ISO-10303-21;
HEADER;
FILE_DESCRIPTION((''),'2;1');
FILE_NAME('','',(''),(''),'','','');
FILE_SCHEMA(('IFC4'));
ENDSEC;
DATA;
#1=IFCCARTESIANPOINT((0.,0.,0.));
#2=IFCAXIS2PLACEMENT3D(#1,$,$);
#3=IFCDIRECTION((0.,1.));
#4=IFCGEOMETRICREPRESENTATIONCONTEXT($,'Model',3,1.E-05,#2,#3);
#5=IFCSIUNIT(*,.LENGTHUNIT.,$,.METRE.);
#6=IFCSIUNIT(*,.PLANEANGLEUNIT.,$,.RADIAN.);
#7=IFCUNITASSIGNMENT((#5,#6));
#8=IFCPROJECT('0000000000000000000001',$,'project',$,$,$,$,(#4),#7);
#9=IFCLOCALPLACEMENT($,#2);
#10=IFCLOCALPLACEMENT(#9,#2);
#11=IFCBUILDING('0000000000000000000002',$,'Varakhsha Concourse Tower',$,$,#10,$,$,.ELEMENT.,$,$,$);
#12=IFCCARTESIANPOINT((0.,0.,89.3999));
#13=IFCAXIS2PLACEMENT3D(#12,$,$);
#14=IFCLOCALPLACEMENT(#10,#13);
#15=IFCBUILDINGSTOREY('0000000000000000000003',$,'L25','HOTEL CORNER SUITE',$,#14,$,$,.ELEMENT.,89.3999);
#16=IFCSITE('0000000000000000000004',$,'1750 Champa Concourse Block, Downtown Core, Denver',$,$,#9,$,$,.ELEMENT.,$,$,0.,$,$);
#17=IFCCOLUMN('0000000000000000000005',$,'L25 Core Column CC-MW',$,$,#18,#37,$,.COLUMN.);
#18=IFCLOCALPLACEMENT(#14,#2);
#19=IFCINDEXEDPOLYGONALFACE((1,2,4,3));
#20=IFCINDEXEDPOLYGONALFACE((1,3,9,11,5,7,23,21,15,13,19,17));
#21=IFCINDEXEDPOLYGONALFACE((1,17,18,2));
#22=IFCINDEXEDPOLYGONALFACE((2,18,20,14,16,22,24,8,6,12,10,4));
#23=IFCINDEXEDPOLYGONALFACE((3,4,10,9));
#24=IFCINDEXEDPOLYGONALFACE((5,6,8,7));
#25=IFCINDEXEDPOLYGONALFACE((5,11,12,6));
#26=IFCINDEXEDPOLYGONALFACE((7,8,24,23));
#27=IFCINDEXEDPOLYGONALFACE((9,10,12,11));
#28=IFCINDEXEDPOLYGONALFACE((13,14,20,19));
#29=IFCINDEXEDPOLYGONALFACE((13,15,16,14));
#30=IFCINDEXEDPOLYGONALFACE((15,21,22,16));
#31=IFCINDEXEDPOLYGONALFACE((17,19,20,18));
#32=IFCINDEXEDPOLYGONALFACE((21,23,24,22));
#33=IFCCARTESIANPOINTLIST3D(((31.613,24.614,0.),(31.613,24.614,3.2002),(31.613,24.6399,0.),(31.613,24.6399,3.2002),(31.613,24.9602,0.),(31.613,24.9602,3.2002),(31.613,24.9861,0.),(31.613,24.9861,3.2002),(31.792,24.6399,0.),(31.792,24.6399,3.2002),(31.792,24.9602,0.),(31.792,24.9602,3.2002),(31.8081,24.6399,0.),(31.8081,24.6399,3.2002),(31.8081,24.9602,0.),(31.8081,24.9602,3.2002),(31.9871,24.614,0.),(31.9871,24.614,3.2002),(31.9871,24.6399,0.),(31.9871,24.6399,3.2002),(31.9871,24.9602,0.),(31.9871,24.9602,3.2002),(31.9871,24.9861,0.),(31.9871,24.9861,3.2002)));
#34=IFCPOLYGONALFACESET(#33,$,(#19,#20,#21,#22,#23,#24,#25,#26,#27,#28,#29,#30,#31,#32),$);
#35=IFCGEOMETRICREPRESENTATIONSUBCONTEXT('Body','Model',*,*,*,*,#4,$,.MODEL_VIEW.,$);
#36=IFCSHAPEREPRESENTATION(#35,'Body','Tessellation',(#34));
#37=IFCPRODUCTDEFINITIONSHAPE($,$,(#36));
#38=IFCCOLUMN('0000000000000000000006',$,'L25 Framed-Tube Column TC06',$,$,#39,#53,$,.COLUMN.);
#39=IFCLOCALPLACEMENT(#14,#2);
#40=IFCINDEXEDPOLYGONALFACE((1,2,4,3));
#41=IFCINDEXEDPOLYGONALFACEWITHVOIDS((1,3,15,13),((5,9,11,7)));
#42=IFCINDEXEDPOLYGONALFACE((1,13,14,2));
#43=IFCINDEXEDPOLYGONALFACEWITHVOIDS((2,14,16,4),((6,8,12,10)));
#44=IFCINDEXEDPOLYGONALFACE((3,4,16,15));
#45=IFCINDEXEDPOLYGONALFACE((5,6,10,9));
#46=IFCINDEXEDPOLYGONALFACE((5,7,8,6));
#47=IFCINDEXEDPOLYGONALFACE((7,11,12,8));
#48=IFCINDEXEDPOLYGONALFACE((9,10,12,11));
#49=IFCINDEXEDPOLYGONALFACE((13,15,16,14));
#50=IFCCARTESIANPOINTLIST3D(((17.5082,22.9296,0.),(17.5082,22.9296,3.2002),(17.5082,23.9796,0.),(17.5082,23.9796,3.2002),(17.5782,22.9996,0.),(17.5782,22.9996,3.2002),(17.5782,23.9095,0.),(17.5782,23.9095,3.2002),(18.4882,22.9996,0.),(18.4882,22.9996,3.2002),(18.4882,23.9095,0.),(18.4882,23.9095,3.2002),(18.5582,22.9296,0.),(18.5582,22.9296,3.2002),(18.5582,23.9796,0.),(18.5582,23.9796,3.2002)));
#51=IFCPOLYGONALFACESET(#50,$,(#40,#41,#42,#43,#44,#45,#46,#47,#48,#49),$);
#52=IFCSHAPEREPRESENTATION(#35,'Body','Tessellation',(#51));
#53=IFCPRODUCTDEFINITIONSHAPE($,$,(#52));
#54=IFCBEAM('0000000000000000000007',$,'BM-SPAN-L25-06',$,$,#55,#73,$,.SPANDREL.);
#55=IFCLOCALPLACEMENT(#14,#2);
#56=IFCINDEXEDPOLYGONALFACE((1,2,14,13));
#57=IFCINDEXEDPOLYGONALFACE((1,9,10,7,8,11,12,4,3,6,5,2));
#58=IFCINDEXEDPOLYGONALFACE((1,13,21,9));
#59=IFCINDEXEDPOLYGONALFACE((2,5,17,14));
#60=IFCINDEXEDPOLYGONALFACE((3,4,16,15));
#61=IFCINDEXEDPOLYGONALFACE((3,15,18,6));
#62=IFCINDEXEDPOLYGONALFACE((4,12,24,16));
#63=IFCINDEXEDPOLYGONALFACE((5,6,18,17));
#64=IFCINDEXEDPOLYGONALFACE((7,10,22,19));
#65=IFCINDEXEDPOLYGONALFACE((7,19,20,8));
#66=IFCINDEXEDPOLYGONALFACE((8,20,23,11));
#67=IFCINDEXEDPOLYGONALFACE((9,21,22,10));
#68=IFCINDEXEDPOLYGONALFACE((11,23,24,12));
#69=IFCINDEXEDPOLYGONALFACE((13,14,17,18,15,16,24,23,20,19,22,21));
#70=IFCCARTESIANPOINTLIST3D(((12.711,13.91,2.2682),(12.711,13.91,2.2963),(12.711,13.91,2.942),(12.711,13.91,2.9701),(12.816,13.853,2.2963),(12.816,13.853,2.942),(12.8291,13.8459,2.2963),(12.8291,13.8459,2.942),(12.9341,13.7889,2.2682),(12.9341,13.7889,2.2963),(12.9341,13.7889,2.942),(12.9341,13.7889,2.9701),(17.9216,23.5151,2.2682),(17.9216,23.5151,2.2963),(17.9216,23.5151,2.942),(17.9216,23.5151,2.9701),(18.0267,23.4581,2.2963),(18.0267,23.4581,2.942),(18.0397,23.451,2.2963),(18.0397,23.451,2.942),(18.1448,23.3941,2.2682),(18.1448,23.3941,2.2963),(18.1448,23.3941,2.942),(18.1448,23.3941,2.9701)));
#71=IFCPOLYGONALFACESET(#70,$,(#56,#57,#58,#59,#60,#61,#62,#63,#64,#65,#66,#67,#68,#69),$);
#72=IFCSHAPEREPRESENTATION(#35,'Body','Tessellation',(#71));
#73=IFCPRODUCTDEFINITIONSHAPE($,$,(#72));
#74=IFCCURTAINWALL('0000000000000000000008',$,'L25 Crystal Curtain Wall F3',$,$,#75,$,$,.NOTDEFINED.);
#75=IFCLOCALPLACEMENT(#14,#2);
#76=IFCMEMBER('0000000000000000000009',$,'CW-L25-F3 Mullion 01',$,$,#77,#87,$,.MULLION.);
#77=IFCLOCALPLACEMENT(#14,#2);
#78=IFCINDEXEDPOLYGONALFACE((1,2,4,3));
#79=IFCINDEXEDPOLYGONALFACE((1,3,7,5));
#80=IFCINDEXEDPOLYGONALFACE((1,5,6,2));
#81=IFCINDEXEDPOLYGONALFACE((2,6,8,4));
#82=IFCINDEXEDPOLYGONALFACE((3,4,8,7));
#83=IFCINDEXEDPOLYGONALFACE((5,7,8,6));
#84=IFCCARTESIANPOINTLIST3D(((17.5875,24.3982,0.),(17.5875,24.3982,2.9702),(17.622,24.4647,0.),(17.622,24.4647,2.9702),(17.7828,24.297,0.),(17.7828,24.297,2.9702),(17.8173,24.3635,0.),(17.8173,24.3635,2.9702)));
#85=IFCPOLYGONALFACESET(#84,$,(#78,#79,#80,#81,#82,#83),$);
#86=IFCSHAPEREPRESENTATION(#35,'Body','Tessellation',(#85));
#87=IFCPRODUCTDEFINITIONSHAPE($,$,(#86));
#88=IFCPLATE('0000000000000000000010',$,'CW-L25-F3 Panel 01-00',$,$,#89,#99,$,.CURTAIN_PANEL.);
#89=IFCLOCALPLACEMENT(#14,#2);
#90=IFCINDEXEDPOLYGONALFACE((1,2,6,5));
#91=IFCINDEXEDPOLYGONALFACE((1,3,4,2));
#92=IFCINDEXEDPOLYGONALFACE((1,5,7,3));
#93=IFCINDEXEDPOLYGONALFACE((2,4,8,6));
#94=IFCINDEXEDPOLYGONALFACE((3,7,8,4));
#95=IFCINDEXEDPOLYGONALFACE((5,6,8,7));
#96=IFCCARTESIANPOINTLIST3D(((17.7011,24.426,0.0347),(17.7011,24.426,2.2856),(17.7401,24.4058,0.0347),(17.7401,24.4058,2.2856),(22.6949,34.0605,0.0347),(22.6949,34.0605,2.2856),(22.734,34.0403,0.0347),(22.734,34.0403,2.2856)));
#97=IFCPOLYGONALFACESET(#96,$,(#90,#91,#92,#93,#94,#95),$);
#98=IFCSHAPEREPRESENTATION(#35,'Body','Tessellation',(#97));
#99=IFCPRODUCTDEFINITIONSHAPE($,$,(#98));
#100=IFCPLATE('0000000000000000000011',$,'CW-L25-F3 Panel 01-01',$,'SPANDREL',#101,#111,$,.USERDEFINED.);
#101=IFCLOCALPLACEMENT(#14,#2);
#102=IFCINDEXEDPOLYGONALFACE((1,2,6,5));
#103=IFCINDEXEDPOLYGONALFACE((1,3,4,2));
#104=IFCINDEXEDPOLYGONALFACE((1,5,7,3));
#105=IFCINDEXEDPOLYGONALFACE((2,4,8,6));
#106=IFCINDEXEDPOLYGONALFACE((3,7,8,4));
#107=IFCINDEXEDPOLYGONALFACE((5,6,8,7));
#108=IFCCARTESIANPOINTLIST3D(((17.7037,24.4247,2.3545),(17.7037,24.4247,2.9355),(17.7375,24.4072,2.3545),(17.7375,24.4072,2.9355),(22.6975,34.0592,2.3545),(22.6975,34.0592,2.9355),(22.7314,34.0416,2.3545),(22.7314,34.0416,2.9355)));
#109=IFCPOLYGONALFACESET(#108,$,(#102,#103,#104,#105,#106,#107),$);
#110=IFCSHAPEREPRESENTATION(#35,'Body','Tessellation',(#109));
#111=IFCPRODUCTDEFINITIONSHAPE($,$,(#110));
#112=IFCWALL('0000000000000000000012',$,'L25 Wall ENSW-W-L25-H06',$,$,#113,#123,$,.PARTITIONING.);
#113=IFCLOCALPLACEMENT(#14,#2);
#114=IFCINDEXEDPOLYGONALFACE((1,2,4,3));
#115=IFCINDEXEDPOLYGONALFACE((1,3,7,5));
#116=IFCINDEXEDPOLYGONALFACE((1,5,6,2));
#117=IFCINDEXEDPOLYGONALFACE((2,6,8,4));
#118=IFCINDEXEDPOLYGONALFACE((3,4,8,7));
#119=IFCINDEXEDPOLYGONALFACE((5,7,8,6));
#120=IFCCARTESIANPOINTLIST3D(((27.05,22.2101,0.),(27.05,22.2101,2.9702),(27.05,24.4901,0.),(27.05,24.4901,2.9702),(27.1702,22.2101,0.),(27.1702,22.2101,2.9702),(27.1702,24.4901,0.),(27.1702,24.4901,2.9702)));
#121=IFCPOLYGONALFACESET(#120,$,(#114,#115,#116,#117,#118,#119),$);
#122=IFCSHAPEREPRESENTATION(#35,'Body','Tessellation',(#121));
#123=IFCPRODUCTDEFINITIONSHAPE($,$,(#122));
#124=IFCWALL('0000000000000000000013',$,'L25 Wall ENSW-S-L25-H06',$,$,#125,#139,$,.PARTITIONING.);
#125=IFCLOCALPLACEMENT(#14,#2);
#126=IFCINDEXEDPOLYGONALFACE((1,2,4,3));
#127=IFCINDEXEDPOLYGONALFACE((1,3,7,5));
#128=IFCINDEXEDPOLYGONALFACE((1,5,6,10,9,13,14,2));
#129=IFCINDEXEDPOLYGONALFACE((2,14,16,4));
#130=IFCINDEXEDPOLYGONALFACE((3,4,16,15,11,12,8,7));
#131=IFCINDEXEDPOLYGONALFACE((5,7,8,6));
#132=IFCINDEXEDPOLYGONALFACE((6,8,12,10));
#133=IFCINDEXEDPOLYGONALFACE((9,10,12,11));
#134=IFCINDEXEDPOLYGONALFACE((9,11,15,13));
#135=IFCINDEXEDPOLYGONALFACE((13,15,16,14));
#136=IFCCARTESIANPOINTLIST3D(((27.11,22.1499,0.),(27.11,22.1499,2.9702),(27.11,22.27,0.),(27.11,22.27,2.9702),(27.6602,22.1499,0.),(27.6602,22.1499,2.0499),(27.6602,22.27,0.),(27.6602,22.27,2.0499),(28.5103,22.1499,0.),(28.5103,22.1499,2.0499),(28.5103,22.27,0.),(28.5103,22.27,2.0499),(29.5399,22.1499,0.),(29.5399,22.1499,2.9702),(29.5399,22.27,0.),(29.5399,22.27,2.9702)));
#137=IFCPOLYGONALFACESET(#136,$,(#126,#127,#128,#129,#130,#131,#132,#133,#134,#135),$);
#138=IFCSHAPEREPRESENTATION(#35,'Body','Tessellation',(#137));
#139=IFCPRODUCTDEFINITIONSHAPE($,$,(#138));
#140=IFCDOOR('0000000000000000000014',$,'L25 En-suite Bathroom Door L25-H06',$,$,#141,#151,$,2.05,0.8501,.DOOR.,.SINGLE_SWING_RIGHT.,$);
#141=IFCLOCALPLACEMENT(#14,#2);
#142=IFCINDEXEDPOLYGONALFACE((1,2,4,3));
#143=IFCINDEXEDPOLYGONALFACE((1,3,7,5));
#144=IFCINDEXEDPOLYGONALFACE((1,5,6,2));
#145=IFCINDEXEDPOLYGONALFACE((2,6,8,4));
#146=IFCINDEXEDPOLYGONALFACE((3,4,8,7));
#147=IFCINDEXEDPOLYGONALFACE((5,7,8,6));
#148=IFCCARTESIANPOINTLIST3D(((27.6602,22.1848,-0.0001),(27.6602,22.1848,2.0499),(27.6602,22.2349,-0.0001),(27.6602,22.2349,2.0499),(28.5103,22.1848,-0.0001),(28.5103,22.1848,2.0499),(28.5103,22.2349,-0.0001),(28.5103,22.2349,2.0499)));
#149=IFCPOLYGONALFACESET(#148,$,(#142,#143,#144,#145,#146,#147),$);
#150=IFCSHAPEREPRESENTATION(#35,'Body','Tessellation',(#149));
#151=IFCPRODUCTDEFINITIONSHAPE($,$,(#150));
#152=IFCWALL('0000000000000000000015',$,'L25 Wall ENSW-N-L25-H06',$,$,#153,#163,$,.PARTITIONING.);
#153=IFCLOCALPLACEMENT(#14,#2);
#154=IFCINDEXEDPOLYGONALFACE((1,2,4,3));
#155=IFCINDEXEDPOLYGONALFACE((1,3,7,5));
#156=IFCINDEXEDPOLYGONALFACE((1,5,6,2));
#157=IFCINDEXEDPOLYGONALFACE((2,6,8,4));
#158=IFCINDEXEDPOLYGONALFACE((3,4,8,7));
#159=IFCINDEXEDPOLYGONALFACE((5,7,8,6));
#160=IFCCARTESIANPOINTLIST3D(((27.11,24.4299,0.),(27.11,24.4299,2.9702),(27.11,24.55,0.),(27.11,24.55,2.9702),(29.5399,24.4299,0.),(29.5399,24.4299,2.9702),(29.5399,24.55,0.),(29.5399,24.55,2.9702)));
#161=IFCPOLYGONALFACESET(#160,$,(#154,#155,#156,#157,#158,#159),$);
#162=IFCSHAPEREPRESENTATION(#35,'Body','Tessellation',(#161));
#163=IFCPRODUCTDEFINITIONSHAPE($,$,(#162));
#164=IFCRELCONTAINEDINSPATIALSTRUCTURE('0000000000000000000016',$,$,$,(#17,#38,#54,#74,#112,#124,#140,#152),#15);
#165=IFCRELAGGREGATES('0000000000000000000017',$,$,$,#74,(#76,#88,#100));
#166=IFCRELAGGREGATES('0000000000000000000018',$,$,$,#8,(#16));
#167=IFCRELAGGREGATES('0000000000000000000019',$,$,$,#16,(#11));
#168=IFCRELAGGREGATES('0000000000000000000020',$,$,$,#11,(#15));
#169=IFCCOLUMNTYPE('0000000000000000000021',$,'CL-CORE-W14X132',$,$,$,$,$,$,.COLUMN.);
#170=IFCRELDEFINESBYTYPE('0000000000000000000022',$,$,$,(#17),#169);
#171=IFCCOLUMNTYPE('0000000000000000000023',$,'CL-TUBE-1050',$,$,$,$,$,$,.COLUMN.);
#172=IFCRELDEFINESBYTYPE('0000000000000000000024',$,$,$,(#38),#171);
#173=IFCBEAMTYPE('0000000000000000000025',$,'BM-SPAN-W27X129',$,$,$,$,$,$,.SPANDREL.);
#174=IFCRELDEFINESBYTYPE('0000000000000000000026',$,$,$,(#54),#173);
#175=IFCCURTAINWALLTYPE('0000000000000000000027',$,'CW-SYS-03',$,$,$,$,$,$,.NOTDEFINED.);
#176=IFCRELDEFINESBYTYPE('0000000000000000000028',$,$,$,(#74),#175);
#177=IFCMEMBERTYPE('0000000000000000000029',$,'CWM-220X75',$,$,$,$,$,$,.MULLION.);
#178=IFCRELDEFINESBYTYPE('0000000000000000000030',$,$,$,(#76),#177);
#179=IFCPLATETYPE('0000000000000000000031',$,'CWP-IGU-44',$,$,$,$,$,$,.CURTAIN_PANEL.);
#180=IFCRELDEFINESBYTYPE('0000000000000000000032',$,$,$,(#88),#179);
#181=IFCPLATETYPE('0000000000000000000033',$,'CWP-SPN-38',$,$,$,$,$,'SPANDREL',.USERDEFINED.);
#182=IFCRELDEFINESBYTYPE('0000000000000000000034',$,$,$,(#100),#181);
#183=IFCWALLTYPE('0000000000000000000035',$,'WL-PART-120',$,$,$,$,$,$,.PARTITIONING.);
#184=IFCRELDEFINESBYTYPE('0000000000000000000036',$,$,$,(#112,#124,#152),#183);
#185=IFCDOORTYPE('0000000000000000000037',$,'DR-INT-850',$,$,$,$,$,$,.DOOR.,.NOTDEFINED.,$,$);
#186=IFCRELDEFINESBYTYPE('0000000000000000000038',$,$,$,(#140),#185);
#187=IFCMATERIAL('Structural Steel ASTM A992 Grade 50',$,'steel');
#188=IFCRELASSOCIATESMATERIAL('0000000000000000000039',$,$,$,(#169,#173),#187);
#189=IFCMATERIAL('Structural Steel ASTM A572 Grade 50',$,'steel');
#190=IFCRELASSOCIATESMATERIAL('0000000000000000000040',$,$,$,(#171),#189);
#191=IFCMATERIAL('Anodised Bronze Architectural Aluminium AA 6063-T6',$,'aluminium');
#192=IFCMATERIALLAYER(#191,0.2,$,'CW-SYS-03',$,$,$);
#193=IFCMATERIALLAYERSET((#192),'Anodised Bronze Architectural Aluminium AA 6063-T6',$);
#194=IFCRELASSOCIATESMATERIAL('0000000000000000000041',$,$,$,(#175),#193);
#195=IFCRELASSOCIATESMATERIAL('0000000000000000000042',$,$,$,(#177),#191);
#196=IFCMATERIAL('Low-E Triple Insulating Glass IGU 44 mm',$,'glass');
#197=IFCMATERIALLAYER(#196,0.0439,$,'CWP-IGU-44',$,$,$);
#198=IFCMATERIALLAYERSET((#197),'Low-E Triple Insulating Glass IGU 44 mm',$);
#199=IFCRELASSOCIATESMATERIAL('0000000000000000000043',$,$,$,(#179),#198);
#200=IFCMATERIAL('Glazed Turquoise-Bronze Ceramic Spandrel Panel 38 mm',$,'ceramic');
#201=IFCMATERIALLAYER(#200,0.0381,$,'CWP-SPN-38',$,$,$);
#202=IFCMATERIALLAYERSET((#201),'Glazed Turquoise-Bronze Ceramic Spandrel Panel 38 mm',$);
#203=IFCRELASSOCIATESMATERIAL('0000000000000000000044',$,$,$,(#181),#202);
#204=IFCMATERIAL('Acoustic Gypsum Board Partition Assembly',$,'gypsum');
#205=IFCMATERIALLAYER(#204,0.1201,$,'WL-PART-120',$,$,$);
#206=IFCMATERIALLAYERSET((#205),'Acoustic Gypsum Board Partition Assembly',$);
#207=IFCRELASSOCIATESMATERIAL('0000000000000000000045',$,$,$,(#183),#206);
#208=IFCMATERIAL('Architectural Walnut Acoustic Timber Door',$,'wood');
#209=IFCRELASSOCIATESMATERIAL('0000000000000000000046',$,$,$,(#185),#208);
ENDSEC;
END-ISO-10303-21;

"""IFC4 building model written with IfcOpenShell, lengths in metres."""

from ifc_helpers import new_model, si_unit, direction, frame, frame_2d, origin, origin_2d, place, context, subcontext, project, spatial, rectangle, hollow_rectangle, i_section, extrude, source, transform, mapped, material, layer, layer_set, material_profile, profile_set, type_object, type_shapes, element, fill, aggregate, save


model = new_model("IFC4")

# Units and contexts
model_context = context("Model", 3, precision=1e-05, world=origin(), true_north=direction((0.0, 1.0)))
body_context = subcontext(model_context, "Body", "Model", "MODEL_VIEW")
ifc_project = project(units=[si_unit("LENGTHUNIT", "METRE"), si_unit("PLANEANGLEUNIT", "RADIAN")], contexts=[model_context])

# Site, building, storey
site_placement = place(None, origin())
site = spatial("IfcSite", under=ifc_project, at=site_placement, Name="1750 Champa Concourse Block, Downtown Core, Denver", CompositionType="ELEMENT", RefElevation=0.0)
building_placement = place(site_placement, origin())
building = spatial("IfcBuilding", under=site, at=building_placement, Name="Varakhsha Concourse Tower", CompositionType="ELEMENT")
storey_placement = place(building_placement, frame((0.0, 0.0, 89.3999)))
storey = spatial("IfcBuildingStorey", under=building, at=storey_placement, Name="L25", Description="HOTEL CORNER SUITE", CompositionType="ELEMENT", Elevation=89.3999)

# Columns
ifc_material_1 = material(Name="Structural Steel ASTM A992 Grade 50", Category="steel")
ifc_material_profile_1 = material_profile(ifc_material_1, i_section(OverallWidth=0.374, OverallDepth=0.3721, WebThickness=0.0161, FlangeThickness=0.0259, at=origin_2d()), Name="W14X132")
ifc_profile_set_1 = profile_set([ifc_material_profile_1], Name="Structural Steel ASTM A992 Grade 50")
column_type_1 = type_object("IfcColumnType", Name="CL-CORE-W14X132", PredefinedType="COLUMN", material=ifc_profile_set_1)
column_1_placement = place(storey_placement, frame((31.8, 24.8, 0.0), z_axis=(0.0, 0.0, 1.0), x_axis=(1.0, 0.0, 0.0)))
element("IfcColumn", 1, at=column_1_placement, inside=storey, type_object=column_type_1, Name="L25 Core Column CC-MW", PredefinedType="COLUMN", context=body_context, shape_type="SweptSolid", body=[
    extrude(i_section(OverallWidth=0.374, OverallDepth=0.3721, WebThickness=0.0161, FlangeThickness=0.0259, at=origin_2d()), origin(), (0.0, 0.0, 1.0), 3.2002),
])
ifc_material_2 = material(Name="Structural Steel ASTM A572 Grade 50", Category="steel")
ifc_material_profile_2 = material_profile(ifc_material_2, hollow_rectangle(XDim=1.05, YDim=1.05, WallThickness=0.0701, at=origin_2d()), Name="BOX 1050x1050x70")
ifc_profile_set_2 = profile_set([ifc_material_profile_2], Name="Structural Steel ASTM A572 Grade 50")
column_type_2 = type_object("IfcColumnType", Name="CL-TUBE-1050", PredefinedType="COLUMN", material=ifc_profile_set_2)
column_2_placement = place(storey_placement, frame((18.0332, 23.4546, 0.0), z_axis=(0.0, 0.0, 1.0), x_axis=(1.0, 0.0, 0.0)))
element("IfcColumn", 2, at=column_2_placement, inside=storey, type_object=column_type_2, Name="L25 Framed-Tube Column TC06", PredefinedType="COLUMN", context=body_context, shape_type="SweptSolid", body=[
    extrude(hollow_rectangle(XDim=1.05, YDim=1.05, WallThickness=0.0701, at=origin_2d()), origin(), (0.0, 0.0, 1.0), 3.2002),
])

# Beam
ifc_material_profile_3 = material_profile(ifc_material_1, i_section(OverallWidth=0.2539, OverallDepth=0.7019, WebThickness=0.0149, FlangeThickness=0.0281, at=origin_2d()), Name="W27X129")
ifc_profile_set_3 = profile_set([ifc_material_profile_3], Name="Structural Steel ASTM A992 Grade 50")
beam_type = type_object("IfcBeamType", Name="BM-SPAN-W27X129", PredefinedType="SPANDREL", material=ifc_profile_set_3)
beam_placement = place(storey_placement, frame((18.0332, 23.4546, 2.6191), z_axis=(-0.476839, -0.87899, 0.0), x_axis=(0.87899, -0.476839, 0.0)))
element("IfcBeam", 3, at=beam_placement, inside=storey, type_object=beam_type, Name="BM-SPAN-L25-06", PredefinedType="SPANDREL", context=body_context, shape_type="SweptSolid", body=[
    extrude(i_section(OverallWidth=0.2539, OverallDepth=0.7019, WebThickness=0.0149, FlangeThickness=0.0281, at=origin_2d()), origin(), (0.0, 0.0, 1.0), 10.9275),
])

# Curtain wall, member, plates
ifc_material_3 = material(Name="Anodised Bronze Architectural Aluminium AA 6063-T6", Category="aluminium")
ifc_layer_1 = layer(ifc_material_3, 0.2, Name="CW-SYS-03")
ifc_layer_set_1 = layer_set([ifc_layer_1], Name="Anodised Bronze Architectural Aluminium AA 6063-T6")
curtain_wall_type = type_object("IfcCurtainWallType", Name="CW-SYS-03", PredefinedType="NOTDEFINED", material=ifc_layer_set_1)
curtain_wall_placement = place(storey_placement, origin())
curtain_wall = element("IfcCurtainWall", 4, at=curtain_wall_placement, inside=storey, type_object=curtain_wall_type, Name="L25 Crystal Curtain Wall F3", PredefinedType="NOTDEFINED")
ifc_material_profile_4 = material_profile(ifc_material_3, rectangle(XDim=0.075, YDim=0.22, at=origin_2d()), Name="CWM-220X75")
ifc_profile_set_4 = profile_set([ifc_material_profile_4], Name="Anodised Bronze Architectural Aluminium AA 6063-T6")
member_type = type_object("IfcMemberType", Name="CWM-220X75", PredefinedType="MULLION", material=ifc_profile_set_4)
shared_shape_1 = source(origin(), body_context, "Body", "SweptSolid", [
    extrude(rectangle(XDim=0.075, YDim=0.22, at=origin_2d()), origin(), (0.0, 0.0, 1.0), 2.9702),
])
type_shapes(member_type, [shared_shape_1])
member_placement = place(storey_placement, frame((17.7024, 24.3809, 0.0), z_axis=(0.0, 0.0, 1.0), x_axis=(0.460186, 0.887823, 0.0)))
member = element("IfcMember", 5, at=member_placement, type_object=member_type, Name="CW-L25-F3 Mullion 01", PredefinedType="MULLION", context=body_context, shape_type="MappedRepresentation", body=[
    mapped(shared_shape_1, transform((0.0, 0.0, 0.0), scale=1.0)),
])
ifc_material_4 = material(Name="Low-E Triple Insulating Glass IGU 44 mm", Category="glass")
ifc_layer_2 = layer(ifc_material_4, 0.0439, Name="CWP-IGU-44")
ifc_layer_set_2 = layer_set([ifc_layer_2], Name="Low-E Triple Insulating Glass IGU 44 mm")
plate_type_1 = type_object("IfcPlateType", Name="CWP-IGU-44", PredefinedType="CURTAIN_PANEL", material=ifc_layer_set_2)
shared_shape_2 = source(origin(), body_context, "Body", "SweptSolid", [
    extrude(rectangle(XDim=10.8518, YDim=0.0439, at=origin_2d()), origin(), (0.0, 0.0, 1.0), 2.251),
])
type_shapes(plate_type_1, [shared_shape_2])
plate_1_placement = place(storey_placement, frame((20.2175, 29.2332, 0.0347), z_axis=(0.0, 0.0, 1.0), x_axis=(0.460186, 0.887823, 0.0)))
plate_1 = element("IfcPlate", 6, at=plate_1_placement, type_object=plate_type_1, Name="CW-L25-F3 Panel 01-00", PredefinedType="CURTAIN_PANEL", context=body_context, shape_type="MappedRepresentation", body=[
    mapped(shared_shape_2, transform((0.0, 0.0, 0.0), scale=1.0)),
])
ifc_material_5 = material(Name="Glazed Turquoise-Bronze Ceramic Spandrel Panel 38 mm", Category="ceramic")
ifc_layer_3 = layer(ifc_material_5, 0.0381, Name="CWP-SPN-38")
ifc_layer_set_3 = layer_set([ifc_layer_3], Name="Glazed Turquoise-Bronze Ceramic Spandrel Panel 38 mm")
plate_type_2 = type_object("IfcPlateType", Name="CWP-SPN-38", ElementType="SPANDREL", PredefinedType="USERDEFINED", material=ifc_layer_set_3)
shared_shape_3 = source(origin(), body_context, "Body", "SweptSolid", [
    extrude(rectangle(XDim=10.8518, YDim=0.0381, at=origin_2d()), origin(), (0.0, 0.0, 1.0), 0.5811),
])
type_shapes(plate_type_2, [shared_shape_3])
plate_2_placement = place(storey_placement, frame((20.2175, 29.2332, 2.3545), z_axis=(0.0, 0.0, 1.0), x_axis=(0.460186, 0.887823, 0.0)))
plate_2 = element("IfcPlate", 7, at=plate_2_placement, type_object=plate_type_2, Name="CW-L25-F3 Panel 01-01", ObjectType="SPANDREL", PredefinedType="USERDEFINED", context=body_context, shape_type="MappedRepresentation", body=[
    mapped(shared_shape_3, transform((0.0, 0.0, 0.0), scale=1.0)),
])
aggregate(curtain_wall, [member, plate_1, plate_2])

# Wall
ifc_material_6 = material(Name="Acoustic Gypsum Board Partition Assembly", Category="gypsum")
ifc_layer_4 = layer(ifc_material_6, 0.1201, Name="WL-PART-120")
ifc_layer_set_4 = layer_set([ifc_layer_4], Name="Acoustic Gypsum Board Partition Assembly")
wall_type_1 = type_object("IfcWallType", Name="WL-PART-120", PredefinedType="PARTITIONING", material=ifc_layer_set_4)
wall_1_placement = place(storey_placement, frame((27.1101, 22.21, 0.0), z_axis=(0.0, 0.0, 1.0), x_axis=(0.0, 1.0, 0.0)))
element("IfcWall", 8, at=wall_1_placement, inside=storey, type_object=wall_type_1, Name="L25 Wall ENSW-W-L25-H06", PredefinedType="PARTITIONING", context=body_context, shape_type="SweptSolid", body=[
    extrude(rectangle(XDim=2.28, YDim=0.1201, at=frame_2d((1.1401, 0.0))), origin(), (0.0, 0.0, 1.0), 2.9702),
])

# Wall, opening, door
wall_2_placement = place(storey_placement, frame((27.1101, 22.21, 0.0), z_axis=(0.0, 0.0, 1.0), x_axis=(1.0, 0.0, 0.0)))
wall_2 = element("IfcWall", 9, at=wall_2_placement, inside=storey, type_object=wall_type_1, Name="L25 Wall ENSW-S-L25-H06", PredefinedType="PARTITIONING", context=body_context, shape_type="SweptSolid", body=[
    extrude(rectangle(XDim=2.4299, YDim=0.1201, at=frame_2d((1.2148, 0.0))), origin(), (0.0, 0.0, 1.0), 2.9702),
])
opening_1_placement = place(wall_2_placement, frame((0.55, 0.0, 0.0)))
opening_1 = element("IfcOpeningElement", 10, at=opening_1_placement, cuts=wall_2, PredefinedType="OPENING", context=body_context, shape_type="SweptSolid", body=[
    extrude(rectangle(XDim=0.8501, YDim=2.05, at=frame_2d((0.425, 1.0249))), frame((0.0, 0.0701, 0.0), z_axis=(0.0, -1.0, 0.0), x_axis=(1.0, 0.0, 0.0)), (0.0, 0.0, 1.0), 0.1401),
])
ifc_material_7 = material(Name="Architectural Walnut Acoustic Timber Door", Category="wood")
door_type_1 = type_object("IfcDoorType", Name="DR-INT-850", OperationType="NOTDEFINED", PredefinedType="DOOR", material=ifc_material_7)
door_1_placement = place(opening_1_placement, origin())
door_1 = element("IfcDoor", 11, at=door_1_placement, inside=storey, type_object=door_type_1, Name="L25 En-suite Bathroom Door L25-H06", OperationType="SINGLE_SWING_RIGHT", OverallHeight=2.05, OverallWidth=0.8501, PredefinedType="DOOR", context=body_context, shape_type="SweptSolid", body=[
    extrude(rectangle(XDim=0.8501, YDim=2.05, at=frame_2d((0.425, 1.0249))), frame((0.0, 0.0249, 0.0), z_axis=(0.0, -1.0, 0.0), x_axis=(1.0, 0.0, 0.0)), (0.0, 0.0, 1.0), 0.05),
])
fill(opening_1, door_1)

# Wall
wall_3_placement = place(storey_placement, frame((27.1101, 24.49, 0.0), z_axis=(0.0, 0.0, 1.0), x_axis=(1.0, 0.0, 0.0)))
element("IfcWall", 12, at=wall_3_placement, inside=storey, type_object=wall_type_1, Name="L25 Wall ENSW-N-L25-H06", PredefinedType="PARTITIONING", context=body_context, shape_type="SweptSolid", body=[
    extrude(rectangle(XDim=2.4299, YDim=0.1201, at=frame_2d((1.2148, 0.0))), origin(), (0.0, 0.0, 1.0), 2.9702),
])

save(model, "model.ifc")
